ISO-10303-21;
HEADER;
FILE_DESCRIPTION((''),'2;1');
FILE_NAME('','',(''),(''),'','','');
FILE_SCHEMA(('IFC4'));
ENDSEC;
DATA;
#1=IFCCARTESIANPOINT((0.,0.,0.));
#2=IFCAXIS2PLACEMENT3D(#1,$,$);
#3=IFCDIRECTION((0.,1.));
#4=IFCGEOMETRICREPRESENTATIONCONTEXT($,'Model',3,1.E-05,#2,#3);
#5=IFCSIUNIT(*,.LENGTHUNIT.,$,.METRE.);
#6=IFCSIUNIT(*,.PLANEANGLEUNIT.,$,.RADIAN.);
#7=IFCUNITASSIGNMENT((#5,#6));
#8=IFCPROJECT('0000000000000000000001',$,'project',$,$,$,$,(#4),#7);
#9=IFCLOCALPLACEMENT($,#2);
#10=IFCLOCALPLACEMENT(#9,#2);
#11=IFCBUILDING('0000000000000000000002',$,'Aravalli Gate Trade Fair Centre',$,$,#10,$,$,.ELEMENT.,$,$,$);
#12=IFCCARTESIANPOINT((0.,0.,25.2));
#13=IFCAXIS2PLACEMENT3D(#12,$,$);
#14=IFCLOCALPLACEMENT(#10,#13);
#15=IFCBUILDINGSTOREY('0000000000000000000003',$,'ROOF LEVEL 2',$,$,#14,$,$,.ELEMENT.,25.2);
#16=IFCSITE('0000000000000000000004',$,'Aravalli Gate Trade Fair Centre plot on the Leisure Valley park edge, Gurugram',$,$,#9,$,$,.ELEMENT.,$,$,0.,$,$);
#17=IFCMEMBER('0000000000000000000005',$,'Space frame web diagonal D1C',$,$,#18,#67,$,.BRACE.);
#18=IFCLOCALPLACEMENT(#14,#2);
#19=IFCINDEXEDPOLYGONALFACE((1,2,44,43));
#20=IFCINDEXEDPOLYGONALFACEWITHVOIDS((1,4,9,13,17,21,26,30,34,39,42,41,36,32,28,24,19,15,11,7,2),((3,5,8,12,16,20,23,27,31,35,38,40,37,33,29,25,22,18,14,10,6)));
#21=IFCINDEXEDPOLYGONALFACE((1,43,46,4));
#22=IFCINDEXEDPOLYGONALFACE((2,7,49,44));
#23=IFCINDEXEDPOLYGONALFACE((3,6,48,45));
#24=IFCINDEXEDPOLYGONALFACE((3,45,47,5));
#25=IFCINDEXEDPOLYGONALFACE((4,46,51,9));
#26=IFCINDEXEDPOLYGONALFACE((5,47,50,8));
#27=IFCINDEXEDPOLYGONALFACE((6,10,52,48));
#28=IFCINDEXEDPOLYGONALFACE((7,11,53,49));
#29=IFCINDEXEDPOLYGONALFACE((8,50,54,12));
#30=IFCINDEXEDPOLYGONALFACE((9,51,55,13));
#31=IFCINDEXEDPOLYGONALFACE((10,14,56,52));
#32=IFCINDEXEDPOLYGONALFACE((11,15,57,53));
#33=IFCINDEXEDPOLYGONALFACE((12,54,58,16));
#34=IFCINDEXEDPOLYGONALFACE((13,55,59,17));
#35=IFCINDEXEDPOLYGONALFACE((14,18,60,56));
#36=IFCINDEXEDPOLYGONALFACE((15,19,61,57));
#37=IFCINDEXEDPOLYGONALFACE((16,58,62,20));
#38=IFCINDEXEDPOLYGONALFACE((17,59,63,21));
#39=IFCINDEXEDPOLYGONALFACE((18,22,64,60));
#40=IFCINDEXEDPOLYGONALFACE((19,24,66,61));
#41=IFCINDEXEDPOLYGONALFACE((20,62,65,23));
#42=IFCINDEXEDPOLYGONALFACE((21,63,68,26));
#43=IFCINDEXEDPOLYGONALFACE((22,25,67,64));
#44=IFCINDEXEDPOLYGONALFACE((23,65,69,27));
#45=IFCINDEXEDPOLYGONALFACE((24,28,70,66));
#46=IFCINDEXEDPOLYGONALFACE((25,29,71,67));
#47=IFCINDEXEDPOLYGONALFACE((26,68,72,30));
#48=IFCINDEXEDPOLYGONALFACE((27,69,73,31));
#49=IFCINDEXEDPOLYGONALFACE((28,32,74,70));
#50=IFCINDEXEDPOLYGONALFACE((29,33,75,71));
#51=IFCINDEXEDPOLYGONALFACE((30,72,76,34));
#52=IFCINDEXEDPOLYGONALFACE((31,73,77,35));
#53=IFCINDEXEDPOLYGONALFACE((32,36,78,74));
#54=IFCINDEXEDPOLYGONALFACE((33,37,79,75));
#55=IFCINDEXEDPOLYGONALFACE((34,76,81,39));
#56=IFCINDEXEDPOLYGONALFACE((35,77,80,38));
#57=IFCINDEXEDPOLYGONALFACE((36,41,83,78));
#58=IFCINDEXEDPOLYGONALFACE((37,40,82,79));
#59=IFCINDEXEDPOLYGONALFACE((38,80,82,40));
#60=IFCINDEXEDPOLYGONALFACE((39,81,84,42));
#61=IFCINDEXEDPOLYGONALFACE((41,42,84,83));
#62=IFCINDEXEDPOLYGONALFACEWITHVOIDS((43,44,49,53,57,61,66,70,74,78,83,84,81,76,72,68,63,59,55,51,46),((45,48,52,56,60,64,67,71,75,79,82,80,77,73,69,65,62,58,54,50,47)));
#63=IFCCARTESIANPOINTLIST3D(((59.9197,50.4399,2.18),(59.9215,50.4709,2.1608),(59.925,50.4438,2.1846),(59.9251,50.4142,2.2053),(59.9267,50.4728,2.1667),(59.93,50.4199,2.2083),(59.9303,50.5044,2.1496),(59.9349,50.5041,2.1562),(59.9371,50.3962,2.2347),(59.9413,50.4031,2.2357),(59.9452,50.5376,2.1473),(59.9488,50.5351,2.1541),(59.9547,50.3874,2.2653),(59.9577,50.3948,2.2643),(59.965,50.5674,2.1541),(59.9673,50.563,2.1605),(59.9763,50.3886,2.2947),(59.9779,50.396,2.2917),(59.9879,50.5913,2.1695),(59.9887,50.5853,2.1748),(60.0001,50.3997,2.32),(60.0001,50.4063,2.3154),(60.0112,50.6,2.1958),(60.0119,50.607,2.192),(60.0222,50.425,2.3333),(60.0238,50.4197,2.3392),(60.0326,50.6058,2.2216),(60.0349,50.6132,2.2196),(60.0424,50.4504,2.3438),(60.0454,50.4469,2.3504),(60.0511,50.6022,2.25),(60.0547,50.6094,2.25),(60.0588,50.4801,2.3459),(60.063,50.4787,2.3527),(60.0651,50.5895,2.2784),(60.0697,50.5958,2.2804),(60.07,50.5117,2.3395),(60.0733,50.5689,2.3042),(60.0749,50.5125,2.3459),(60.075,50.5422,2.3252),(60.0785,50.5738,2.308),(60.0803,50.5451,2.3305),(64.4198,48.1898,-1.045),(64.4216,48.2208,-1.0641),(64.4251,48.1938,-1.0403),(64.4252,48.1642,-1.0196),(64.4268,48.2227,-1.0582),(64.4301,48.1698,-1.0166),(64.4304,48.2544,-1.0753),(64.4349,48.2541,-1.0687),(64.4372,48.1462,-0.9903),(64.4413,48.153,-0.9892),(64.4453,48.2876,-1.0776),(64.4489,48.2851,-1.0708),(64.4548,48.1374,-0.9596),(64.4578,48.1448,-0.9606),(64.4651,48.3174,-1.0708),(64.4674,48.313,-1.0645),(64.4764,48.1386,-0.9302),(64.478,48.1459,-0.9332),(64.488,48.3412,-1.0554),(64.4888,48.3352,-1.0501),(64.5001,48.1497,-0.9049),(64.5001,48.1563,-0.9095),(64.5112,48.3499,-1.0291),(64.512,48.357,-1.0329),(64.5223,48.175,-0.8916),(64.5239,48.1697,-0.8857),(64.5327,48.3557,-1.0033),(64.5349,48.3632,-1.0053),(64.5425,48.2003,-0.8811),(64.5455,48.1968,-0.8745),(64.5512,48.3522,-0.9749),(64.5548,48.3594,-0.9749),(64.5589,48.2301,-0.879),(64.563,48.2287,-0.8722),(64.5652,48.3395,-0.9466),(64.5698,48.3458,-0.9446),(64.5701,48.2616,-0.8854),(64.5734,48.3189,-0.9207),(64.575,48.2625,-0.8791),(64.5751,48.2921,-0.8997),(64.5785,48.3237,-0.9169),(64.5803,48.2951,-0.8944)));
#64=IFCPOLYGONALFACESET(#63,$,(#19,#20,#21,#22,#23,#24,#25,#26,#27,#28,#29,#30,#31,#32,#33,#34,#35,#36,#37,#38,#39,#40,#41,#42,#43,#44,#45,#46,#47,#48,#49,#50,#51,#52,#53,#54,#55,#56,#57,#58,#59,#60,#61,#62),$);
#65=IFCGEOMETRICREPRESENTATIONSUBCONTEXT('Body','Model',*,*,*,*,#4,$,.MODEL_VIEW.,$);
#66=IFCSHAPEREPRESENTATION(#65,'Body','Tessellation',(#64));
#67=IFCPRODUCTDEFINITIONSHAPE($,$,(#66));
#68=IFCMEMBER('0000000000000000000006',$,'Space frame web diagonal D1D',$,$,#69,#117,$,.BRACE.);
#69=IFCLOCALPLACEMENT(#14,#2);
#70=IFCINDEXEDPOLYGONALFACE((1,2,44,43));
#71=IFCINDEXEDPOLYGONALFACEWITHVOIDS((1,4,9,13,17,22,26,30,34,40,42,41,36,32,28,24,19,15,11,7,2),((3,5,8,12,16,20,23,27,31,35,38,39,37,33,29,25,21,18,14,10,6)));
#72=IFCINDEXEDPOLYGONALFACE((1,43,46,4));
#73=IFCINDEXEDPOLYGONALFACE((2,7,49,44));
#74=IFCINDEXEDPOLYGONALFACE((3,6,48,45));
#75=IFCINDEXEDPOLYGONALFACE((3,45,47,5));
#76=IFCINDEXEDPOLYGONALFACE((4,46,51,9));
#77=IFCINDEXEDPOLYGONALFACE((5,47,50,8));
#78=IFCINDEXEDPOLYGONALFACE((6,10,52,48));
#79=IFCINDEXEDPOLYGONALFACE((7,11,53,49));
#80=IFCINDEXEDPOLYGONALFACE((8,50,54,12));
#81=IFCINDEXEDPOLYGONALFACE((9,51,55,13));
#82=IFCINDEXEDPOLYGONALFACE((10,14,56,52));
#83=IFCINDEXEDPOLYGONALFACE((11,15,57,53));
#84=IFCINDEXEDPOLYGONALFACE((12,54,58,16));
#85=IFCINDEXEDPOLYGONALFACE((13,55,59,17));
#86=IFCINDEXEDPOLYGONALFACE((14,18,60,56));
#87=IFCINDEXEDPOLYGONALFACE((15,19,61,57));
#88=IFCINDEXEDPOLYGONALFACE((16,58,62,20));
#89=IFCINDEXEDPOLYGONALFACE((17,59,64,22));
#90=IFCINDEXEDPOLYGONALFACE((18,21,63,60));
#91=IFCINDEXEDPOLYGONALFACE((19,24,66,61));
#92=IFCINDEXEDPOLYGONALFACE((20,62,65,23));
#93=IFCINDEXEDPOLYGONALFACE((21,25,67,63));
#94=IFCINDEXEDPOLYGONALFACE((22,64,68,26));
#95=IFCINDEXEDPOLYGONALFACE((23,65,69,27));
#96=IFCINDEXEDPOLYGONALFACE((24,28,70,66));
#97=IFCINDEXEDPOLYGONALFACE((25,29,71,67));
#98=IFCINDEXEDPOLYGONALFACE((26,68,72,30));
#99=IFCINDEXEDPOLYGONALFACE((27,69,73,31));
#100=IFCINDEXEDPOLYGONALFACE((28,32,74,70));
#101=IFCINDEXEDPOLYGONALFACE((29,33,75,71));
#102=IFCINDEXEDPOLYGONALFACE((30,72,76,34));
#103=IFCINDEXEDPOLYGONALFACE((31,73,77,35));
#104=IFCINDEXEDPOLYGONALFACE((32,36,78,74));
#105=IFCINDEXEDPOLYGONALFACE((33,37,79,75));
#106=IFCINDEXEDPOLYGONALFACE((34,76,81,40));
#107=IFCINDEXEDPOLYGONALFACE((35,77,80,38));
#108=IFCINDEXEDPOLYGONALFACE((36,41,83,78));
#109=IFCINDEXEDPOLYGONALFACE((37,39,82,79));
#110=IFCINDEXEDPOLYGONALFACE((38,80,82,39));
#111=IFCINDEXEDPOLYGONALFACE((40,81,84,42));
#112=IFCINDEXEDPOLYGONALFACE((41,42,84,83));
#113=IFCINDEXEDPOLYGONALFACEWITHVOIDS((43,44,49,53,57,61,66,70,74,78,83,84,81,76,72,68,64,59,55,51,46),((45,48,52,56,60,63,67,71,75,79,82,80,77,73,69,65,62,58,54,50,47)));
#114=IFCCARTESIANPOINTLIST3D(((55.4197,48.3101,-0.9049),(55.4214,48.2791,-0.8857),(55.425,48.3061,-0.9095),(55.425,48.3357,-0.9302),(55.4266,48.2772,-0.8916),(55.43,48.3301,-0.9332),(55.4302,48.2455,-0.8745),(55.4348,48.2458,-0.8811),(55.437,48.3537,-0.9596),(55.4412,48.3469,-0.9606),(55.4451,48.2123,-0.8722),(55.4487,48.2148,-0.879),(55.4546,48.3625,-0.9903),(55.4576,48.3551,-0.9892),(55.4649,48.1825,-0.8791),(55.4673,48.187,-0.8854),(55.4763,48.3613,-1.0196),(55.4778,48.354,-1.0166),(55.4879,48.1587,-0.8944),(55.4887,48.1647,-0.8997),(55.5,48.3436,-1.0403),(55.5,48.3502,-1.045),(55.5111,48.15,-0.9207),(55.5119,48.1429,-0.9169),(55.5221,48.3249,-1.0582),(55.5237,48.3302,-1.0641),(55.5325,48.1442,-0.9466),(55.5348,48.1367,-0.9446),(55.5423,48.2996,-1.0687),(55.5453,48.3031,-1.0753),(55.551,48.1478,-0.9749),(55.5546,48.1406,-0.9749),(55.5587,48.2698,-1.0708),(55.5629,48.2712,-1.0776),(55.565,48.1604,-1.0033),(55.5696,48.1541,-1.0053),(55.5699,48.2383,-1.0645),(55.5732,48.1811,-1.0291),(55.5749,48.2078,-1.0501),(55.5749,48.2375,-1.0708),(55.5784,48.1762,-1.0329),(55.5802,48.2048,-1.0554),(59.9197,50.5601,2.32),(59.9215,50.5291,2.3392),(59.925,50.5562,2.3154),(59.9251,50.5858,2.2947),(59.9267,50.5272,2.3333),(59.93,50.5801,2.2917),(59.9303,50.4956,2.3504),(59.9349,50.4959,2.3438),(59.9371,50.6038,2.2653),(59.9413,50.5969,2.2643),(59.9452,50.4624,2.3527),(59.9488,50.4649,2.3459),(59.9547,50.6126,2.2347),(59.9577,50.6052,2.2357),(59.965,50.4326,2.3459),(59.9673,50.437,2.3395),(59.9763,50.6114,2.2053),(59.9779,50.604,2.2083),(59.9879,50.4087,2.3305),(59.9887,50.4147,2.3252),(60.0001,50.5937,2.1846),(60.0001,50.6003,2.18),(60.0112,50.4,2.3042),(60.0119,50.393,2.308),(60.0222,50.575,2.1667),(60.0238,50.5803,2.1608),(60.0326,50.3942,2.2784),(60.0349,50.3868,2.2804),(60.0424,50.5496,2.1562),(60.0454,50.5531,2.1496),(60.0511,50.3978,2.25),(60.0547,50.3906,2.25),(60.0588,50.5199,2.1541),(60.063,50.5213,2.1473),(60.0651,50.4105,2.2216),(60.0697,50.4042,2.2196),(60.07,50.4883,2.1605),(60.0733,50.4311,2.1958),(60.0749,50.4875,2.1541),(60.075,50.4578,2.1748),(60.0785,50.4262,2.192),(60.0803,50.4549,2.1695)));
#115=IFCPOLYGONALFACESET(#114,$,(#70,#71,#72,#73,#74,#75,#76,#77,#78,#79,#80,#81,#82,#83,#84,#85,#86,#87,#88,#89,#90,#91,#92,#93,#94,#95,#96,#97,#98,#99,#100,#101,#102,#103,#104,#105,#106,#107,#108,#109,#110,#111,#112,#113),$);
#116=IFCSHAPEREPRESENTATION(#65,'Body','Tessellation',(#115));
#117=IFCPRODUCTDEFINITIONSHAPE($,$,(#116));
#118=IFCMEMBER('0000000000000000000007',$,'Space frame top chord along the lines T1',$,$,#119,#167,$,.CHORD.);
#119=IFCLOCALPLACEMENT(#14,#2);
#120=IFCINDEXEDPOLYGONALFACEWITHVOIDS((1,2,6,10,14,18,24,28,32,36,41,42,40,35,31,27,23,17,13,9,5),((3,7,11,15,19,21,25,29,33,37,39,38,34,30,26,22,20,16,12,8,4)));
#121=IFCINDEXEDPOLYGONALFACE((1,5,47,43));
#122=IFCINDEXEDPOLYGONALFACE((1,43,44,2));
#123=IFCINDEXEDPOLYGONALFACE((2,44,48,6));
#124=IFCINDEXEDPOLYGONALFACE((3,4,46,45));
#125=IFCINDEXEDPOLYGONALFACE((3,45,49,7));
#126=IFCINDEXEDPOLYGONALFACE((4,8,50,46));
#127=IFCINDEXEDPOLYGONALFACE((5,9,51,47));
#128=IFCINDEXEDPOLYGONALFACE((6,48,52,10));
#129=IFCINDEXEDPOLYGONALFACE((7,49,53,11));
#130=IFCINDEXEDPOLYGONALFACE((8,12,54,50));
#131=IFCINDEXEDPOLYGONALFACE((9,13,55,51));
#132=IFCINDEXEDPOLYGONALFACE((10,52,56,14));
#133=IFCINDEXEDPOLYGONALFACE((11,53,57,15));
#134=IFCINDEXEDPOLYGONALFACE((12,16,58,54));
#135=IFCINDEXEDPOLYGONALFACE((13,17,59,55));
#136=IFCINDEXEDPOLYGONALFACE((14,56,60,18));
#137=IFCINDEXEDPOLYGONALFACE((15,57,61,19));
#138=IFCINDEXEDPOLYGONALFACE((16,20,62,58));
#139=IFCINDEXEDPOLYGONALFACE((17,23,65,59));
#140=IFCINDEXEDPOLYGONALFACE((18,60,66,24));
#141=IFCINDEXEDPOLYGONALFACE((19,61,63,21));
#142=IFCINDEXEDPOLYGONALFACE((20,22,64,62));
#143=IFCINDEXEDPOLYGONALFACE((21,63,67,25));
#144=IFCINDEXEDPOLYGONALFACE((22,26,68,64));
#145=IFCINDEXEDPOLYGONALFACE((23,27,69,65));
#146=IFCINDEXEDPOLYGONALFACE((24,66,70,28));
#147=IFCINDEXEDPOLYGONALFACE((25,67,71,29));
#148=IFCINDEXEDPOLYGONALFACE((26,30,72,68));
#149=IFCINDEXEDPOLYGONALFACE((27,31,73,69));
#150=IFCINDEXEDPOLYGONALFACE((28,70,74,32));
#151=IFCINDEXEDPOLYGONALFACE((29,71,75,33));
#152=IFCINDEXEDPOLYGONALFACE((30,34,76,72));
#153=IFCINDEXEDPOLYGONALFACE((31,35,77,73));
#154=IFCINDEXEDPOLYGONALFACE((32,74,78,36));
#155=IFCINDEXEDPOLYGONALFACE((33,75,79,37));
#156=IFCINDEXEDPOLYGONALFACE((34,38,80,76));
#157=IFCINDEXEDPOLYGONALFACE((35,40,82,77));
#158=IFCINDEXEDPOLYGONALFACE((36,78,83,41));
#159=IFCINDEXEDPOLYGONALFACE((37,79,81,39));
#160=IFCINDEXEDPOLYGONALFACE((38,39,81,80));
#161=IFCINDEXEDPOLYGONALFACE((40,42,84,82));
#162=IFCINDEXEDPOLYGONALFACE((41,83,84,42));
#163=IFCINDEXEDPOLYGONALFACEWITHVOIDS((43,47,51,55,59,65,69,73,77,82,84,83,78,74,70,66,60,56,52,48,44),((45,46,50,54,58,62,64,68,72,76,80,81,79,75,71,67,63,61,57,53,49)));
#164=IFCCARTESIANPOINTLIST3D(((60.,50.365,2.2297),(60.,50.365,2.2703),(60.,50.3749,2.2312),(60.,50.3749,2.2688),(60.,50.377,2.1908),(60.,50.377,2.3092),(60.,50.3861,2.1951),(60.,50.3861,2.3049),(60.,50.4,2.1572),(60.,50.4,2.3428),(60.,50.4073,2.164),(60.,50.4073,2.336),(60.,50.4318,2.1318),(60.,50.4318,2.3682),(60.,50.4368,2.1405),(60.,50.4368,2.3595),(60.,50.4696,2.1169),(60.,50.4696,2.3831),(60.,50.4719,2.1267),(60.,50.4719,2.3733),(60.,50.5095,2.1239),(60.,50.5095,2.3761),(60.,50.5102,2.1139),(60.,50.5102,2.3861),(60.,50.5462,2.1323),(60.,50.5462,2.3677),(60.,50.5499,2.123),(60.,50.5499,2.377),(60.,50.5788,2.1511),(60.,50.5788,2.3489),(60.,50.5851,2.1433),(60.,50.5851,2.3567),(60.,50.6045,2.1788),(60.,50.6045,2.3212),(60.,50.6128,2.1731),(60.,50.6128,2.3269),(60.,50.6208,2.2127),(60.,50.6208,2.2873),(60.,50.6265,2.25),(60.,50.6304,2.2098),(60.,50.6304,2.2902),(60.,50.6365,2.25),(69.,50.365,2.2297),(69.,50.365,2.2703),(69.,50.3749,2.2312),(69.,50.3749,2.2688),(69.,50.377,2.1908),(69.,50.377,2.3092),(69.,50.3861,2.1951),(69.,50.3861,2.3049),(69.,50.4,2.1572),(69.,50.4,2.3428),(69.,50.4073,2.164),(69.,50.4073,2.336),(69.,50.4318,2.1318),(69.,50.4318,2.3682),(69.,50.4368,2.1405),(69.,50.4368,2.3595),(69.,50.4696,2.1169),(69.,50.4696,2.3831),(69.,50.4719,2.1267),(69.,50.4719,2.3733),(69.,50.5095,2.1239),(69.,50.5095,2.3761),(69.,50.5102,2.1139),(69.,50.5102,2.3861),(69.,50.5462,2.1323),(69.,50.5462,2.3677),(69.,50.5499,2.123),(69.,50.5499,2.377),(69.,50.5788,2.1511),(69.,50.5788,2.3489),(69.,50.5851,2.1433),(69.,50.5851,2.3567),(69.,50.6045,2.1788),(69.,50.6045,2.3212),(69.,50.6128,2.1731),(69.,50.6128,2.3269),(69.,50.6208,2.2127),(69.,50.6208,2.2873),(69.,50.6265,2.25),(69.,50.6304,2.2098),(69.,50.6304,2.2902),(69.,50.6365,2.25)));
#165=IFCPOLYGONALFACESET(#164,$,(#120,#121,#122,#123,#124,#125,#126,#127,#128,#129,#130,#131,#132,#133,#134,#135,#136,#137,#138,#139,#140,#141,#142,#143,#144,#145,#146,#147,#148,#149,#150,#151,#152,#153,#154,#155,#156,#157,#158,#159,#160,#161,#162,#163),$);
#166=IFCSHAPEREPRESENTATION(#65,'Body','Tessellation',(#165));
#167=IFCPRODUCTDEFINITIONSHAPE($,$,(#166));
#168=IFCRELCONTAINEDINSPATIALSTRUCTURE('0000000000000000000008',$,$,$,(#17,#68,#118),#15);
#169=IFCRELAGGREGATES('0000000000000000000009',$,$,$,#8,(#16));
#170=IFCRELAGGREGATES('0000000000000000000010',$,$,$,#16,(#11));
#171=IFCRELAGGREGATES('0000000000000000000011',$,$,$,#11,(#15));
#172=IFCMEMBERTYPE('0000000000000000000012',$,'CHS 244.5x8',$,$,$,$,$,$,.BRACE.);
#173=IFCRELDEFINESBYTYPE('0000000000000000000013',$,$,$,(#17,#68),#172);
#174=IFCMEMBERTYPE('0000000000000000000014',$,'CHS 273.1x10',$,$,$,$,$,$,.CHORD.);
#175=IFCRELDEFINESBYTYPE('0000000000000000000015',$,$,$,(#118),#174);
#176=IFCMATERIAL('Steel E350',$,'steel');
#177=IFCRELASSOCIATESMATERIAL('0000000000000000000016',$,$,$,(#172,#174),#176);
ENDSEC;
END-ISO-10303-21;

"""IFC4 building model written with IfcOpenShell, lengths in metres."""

from ifc_helpers import new_model, si_unit, direction, frame, origin, origin_2d, place, context, subcontext, project, spatial, hollow_circle, extrude, material, material_profile, profile_set, type_object, element, save


model = new_model("IFC4")

# Units and contexts
model_context = context("Model", 3, precision=1e-05, world=origin(), true_north=direction((0.0, 1.0)))
body_context = subcontext(model_context, "Body", "Model", "MODEL_VIEW")
ifc_project = project(units=[si_unit("LENGTHUNIT", "METRE"), si_unit("PLANEANGLEUNIT", "RADIAN")], contexts=[model_context])

# Site, building, storey
site_placement = place(None, origin())
site = spatial("IfcSite", under=ifc_project, at=site_placement, Name="Aravalli Gate Trade Fair Centre plot on the Leisure Valley park edge, Gurugram", CompositionType="ELEMENT", RefElevation=0.0)
building_placement = place(site_placement, origin())
building = spatial("IfcBuilding", under=site, at=building_placement, Name="Aravalli Gate Trade Fair Centre", CompositionType="ELEMENT")
storey_placement = place(building_placement, frame((0.0, 0.0, 25.2)))
storey = spatial("IfcBuildingStorey", under=building, at=storey_placement, Name="ROOF LEVEL 2", CompositionType="ELEMENT", Elevation=25.2)

# Members
ifc_material = material(Name="Steel E350", Category="steel")
ifc_material_profile_1 = material_profile(ifc_material, hollow_circle(Radius=0.1223, WallThickness=0.0081, at=origin_2d()), Name="CHS 244.5x8")
ifc_profile_set_1 = profile_set([ifc_material_profile_1], Name="Steel E350")
member_type_1 = type_object("IfcMemberType", Name="CHS 244.5x8", PredefinedType="BRACE", material=ifc_profile_set_1)
for number, where, z_axis, x_axis, name in (
    (1, (60.0, 50.5, 2.25), (0.753016, -0.376508, -0.539637), (0.447214, 0.894427, 0.0), "Space frame web diagonal D1C"),
    (2, (60.0, 50.5, 2.25), (-0.753016, -0.376508, -0.539637), (0.447214, -0.894427, 0.0), "Space frame web diagonal D1D"),
):
    element("IfcMember", number, at=place(storey_placement, frame(where, z_axis=z_axis, x_axis=x_axis)), inside=storey, type_object=member_type_1, Name=name, PredefinedType="BRACE", context=body_context, shape_type="SweptSolid", body=[
        extrude(hollow_circle(Radius=0.1223, WallThickness=0.0081, at=origin_2d()), origin(), (0.0, 0.0, 1.0), 5.9761),
    ])
ifc_material_profile_2 = material_profile(ifc_material, hollow_circle(Radius=0.1365, WallThickness=0.01, at=origin_2d()), Name="CHS 273.1x10")
ifc_profile_set_2 = profile_set([ifc_material_profile_2], Name="Steel E350")
member_type_2 = type_object("IfcMemberType", Name="CHS 273.1x10", PredefinedType="CHORD", material=ifc_profile_set_2)
for number, where, z_axis, x_axis, name in (
    (3, (60.0, 50.5, 2.25), (1.0, 0.0, 0.0), (0.0, 1.0, 0.0), "Space frame top chord along the lines T1"),
):
    element("IfcMember", number, at=place(storey_placement, frame(where, z_axis=z_axis, x_axis=x_axis)), inside=storey, type_object=member_type_2, Name=name, PredefinedType="CHORD", context=body_context, shape_type="SweptSolid", body=[
        extrude(hollow_circle(Radius=0.1365, WallThickness=0.01, at=origin_2d()), origin(), (0.0, 0.0, 1.0), 9.0),
    ])

save(model, "model.ifc")
